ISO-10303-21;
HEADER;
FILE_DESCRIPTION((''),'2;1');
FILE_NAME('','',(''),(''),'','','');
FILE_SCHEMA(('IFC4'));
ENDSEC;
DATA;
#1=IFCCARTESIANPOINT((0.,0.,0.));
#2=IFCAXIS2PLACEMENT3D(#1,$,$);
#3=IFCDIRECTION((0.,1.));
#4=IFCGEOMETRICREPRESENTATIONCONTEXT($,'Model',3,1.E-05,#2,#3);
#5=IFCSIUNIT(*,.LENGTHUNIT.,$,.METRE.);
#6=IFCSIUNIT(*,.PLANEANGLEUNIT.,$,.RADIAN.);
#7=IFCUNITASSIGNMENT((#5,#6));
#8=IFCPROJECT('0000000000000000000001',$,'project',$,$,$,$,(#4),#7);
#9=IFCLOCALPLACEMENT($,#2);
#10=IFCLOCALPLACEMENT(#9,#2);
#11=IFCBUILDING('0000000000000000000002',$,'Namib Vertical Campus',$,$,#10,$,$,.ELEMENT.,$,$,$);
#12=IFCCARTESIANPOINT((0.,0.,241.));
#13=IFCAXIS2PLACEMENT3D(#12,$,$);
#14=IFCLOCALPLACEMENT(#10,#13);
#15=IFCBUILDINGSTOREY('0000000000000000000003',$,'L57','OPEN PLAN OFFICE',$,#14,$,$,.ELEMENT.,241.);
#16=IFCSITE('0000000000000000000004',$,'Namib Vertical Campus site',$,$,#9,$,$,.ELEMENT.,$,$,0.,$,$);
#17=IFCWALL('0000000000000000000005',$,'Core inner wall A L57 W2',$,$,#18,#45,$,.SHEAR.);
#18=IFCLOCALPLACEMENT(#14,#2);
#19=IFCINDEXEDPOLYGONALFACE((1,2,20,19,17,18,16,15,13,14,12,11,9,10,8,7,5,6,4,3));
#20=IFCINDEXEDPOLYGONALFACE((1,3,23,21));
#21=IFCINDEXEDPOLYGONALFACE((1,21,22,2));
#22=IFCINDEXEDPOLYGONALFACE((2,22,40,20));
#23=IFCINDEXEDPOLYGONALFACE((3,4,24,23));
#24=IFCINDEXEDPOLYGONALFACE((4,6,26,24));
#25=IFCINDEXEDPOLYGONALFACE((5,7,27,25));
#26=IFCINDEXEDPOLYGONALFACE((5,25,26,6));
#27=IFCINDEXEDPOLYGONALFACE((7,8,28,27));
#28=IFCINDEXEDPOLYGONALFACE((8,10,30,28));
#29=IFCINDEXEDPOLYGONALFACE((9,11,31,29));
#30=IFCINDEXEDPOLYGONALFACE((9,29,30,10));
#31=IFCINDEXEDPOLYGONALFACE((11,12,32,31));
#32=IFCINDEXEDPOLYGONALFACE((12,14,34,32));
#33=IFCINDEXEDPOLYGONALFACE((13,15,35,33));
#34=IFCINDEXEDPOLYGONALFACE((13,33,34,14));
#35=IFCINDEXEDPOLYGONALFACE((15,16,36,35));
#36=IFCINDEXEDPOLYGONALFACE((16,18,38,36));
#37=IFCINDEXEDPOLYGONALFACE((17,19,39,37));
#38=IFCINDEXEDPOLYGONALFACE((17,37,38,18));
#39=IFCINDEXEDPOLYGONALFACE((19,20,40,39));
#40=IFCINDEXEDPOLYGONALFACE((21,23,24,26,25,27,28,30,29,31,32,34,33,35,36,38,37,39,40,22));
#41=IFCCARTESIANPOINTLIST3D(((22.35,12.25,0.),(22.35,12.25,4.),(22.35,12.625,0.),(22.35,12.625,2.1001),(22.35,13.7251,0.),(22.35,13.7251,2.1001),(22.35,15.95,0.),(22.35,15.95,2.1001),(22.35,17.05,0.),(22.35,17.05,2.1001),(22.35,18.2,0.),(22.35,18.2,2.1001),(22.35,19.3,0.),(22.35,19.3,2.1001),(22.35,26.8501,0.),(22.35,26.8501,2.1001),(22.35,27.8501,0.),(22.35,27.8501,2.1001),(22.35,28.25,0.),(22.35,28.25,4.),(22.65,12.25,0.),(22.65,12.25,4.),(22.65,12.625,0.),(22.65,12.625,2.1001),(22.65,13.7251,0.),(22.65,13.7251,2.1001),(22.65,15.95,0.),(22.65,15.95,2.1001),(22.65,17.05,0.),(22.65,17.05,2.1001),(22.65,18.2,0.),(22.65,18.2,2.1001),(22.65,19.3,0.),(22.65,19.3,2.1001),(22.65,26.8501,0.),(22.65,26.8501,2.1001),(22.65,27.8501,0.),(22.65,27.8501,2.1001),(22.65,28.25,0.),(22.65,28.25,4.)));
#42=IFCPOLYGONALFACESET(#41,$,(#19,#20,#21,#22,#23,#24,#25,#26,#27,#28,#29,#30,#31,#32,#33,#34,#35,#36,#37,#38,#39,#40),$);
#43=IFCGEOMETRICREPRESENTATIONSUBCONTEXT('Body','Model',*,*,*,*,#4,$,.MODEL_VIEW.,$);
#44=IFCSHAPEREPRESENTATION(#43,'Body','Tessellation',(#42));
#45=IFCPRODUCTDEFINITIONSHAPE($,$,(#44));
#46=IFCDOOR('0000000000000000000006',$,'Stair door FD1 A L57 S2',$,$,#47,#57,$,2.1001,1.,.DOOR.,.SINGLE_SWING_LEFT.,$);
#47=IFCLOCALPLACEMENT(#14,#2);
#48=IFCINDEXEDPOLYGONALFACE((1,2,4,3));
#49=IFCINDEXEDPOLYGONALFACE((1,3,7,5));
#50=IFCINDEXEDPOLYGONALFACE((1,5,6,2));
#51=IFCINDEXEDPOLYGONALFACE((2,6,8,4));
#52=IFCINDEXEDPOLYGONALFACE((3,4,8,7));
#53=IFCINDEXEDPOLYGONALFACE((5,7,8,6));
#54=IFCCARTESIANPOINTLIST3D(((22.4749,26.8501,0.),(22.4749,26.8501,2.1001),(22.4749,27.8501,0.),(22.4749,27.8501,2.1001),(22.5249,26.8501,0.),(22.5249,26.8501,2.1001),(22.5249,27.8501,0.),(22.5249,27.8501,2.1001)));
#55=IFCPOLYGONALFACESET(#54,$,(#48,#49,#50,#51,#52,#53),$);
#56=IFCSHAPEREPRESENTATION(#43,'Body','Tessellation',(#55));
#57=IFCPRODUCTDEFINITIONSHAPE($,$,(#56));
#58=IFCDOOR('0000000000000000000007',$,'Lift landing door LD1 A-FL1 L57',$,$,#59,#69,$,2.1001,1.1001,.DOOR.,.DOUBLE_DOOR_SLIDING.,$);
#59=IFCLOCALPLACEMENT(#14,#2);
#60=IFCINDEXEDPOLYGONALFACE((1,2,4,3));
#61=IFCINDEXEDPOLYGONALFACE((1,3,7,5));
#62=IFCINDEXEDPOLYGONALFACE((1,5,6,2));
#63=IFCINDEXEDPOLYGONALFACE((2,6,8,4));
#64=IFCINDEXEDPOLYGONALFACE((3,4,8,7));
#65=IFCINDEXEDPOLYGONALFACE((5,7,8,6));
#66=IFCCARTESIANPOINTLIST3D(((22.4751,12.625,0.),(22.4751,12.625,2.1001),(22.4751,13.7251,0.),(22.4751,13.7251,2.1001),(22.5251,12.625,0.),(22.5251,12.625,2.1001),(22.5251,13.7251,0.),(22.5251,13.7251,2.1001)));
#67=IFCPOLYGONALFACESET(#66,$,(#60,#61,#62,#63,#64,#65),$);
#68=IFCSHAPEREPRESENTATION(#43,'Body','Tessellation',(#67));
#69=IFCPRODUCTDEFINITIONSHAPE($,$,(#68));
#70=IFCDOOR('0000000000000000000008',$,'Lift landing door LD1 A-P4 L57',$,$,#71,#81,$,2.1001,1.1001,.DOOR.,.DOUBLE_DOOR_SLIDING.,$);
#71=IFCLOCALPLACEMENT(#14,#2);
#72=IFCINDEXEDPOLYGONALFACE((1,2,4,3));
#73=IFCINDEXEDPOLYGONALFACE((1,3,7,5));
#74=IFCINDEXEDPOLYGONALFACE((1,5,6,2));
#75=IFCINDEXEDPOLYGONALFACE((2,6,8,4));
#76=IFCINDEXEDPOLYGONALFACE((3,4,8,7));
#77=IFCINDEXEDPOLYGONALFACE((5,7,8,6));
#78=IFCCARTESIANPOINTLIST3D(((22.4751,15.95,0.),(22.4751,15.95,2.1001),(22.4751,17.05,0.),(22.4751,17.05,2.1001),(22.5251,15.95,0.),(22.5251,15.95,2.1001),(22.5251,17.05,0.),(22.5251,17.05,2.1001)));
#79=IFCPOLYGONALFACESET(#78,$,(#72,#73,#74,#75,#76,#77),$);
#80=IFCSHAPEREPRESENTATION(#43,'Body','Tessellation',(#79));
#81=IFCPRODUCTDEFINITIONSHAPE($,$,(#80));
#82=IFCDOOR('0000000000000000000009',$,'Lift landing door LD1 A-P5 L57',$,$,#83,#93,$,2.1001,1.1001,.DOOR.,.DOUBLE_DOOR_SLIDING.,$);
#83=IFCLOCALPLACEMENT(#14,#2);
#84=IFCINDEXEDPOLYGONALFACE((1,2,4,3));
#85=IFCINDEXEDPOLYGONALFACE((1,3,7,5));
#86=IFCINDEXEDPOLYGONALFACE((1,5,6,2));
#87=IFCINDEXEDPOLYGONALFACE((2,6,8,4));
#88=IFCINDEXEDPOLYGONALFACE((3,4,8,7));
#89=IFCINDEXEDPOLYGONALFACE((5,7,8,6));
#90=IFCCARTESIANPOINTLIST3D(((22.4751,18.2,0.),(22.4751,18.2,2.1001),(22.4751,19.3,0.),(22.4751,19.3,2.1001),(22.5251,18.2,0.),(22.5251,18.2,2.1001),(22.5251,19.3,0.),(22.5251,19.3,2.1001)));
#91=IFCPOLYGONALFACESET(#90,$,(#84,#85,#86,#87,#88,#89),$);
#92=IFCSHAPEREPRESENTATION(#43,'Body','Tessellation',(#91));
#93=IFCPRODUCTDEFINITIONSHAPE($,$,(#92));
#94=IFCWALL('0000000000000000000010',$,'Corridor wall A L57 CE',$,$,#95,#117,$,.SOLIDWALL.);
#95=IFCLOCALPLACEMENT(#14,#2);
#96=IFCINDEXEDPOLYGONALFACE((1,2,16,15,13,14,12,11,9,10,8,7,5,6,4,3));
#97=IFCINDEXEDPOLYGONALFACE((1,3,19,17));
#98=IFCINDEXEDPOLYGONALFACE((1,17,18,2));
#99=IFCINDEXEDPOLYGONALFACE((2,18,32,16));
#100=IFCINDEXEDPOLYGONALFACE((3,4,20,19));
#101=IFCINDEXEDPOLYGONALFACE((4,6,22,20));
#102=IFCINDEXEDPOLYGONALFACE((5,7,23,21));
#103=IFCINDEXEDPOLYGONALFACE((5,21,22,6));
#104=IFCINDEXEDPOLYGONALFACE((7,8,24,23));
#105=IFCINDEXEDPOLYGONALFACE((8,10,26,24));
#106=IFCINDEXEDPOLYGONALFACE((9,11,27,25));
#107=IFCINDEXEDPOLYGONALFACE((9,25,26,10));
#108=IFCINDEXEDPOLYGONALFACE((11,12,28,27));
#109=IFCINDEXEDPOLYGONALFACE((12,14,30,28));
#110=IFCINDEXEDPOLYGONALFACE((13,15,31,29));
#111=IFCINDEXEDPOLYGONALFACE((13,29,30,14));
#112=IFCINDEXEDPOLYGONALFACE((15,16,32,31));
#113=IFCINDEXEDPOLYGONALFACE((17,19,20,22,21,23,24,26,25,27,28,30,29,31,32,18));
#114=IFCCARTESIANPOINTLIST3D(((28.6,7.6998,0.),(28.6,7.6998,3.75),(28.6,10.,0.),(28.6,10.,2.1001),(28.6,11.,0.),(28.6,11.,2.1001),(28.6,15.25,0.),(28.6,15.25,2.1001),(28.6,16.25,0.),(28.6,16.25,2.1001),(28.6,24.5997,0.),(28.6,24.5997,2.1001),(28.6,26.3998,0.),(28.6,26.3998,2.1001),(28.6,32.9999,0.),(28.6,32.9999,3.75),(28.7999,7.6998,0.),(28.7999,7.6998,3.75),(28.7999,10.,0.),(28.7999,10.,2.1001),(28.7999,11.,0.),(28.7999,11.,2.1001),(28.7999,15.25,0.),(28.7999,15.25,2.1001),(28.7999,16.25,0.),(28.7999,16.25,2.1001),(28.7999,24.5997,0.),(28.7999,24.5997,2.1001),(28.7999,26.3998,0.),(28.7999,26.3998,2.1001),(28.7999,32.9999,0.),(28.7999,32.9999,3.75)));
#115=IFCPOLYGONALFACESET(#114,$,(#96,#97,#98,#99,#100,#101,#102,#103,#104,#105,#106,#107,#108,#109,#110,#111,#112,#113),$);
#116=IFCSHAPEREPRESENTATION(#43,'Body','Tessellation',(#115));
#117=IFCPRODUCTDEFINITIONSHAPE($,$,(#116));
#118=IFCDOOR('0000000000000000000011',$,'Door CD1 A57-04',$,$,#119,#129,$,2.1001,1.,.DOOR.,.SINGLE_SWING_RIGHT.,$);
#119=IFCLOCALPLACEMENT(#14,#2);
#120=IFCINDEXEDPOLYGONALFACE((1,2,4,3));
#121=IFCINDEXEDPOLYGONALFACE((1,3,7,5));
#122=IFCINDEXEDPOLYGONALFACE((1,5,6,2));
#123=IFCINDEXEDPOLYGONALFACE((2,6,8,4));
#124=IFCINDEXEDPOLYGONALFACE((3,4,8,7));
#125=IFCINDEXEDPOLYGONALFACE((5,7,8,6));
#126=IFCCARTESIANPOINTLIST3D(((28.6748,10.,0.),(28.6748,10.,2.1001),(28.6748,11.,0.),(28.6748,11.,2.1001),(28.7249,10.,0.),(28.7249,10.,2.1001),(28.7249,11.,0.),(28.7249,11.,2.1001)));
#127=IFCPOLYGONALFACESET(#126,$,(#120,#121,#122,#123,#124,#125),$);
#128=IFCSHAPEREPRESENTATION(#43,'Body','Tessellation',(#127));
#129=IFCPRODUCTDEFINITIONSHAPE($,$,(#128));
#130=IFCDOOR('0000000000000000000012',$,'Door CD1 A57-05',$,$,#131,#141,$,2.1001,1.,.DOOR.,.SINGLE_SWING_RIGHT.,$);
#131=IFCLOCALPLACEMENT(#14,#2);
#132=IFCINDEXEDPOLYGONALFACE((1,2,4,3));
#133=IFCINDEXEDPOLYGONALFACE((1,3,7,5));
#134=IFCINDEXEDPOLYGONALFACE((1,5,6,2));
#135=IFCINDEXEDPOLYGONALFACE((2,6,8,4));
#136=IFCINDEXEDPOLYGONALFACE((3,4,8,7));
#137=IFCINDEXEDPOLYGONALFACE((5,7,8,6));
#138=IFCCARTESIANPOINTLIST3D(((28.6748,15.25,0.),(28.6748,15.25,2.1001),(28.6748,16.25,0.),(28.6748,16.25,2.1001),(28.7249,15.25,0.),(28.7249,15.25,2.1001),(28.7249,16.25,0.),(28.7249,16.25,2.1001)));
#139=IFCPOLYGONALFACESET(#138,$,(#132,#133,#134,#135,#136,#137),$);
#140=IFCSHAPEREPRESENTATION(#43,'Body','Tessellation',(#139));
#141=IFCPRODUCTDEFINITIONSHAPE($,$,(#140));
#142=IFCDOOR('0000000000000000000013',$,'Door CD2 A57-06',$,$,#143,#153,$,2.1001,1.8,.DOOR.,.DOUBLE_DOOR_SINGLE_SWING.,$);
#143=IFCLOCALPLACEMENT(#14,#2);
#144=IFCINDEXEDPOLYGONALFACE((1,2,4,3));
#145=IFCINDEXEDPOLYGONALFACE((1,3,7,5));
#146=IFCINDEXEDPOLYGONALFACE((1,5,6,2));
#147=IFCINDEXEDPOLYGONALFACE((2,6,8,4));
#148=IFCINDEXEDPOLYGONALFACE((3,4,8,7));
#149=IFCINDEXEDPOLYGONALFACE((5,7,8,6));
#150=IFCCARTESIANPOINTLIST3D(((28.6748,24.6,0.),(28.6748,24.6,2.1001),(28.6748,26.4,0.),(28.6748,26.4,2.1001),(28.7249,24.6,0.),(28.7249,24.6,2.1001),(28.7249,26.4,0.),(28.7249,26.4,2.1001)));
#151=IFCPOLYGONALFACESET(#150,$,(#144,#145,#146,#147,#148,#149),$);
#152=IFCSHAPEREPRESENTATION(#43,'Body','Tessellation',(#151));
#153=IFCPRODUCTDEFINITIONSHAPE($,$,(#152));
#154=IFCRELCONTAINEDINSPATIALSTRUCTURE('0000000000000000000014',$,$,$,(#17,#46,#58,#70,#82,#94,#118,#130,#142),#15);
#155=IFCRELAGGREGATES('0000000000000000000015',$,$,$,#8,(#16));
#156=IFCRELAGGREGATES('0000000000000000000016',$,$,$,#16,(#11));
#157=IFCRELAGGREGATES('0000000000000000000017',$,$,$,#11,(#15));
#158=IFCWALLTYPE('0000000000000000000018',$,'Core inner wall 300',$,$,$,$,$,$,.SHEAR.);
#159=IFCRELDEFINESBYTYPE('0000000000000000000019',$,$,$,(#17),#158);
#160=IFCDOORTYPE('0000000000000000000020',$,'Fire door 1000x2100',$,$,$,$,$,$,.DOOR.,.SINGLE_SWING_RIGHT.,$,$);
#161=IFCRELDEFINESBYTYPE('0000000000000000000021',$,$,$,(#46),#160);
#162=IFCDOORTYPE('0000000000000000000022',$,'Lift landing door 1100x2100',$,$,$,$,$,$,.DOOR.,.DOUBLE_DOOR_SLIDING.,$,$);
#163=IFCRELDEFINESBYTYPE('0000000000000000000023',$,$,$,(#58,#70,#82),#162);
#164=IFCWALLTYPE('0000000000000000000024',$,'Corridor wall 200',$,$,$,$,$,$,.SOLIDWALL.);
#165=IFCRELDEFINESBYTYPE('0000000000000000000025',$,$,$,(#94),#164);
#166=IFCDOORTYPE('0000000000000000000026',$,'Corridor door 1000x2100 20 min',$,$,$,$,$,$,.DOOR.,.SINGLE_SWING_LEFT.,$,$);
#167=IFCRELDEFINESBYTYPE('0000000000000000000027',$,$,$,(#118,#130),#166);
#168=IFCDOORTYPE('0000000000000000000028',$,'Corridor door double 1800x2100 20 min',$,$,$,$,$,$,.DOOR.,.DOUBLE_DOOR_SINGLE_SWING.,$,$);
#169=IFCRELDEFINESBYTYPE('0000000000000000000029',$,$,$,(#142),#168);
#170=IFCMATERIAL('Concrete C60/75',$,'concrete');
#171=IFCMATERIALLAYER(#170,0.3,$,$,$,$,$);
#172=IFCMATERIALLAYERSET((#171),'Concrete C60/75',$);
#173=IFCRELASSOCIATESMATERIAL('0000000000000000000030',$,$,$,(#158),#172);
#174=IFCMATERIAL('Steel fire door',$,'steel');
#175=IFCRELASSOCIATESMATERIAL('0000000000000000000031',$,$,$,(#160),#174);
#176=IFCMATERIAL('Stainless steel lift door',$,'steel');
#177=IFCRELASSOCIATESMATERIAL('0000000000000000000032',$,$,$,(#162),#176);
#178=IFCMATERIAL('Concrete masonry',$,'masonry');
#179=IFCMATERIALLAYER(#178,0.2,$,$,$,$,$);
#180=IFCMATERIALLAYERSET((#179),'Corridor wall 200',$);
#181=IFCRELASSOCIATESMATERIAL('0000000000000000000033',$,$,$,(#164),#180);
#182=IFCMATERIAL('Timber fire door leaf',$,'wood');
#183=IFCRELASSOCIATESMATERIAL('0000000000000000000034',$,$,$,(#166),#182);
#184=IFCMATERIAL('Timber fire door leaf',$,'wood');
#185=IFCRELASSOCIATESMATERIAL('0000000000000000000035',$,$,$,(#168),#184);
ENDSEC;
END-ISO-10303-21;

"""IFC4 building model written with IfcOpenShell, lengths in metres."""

from ifc_helpers import new_model, si_unit, direction, frame, frame_2d, origin, place, context, subcontext, project, spatial, rectangle, extrude, material, layer, layer_set, type_object, element, fill, save


model = new_model("IFC4")

# Units and contexts
model_context = context("Model", 3, precision=1e-05, world=origin(), true_north=direction((0.0, 1.0)))
body_context = subcontext(model_context, "Body", "Model", "MODEL_VIEW")
ifc_project = project(units=[si_unit("LENGTHUNIT", "METRE"), si_unit("PLANEANGLEUNIT", "RADIAN")], contexts=[model_context])

# Site, building, storey
site_placement = place(None, origin())
site = spatial("IfcSite", under=ifc_project, at=site_placement, Name="Namib Vertical Campus site", CompositionType="ELEMENT", RefElevation=0.0)
building_placement = place(site_placement, origin())
building = spatial("IfcBuilding", under=site, at=building_placement, Name="Namib Vertical Campus", CompositionType="ELEMENT")
storey_placement = place(building_placement, frame((0.0, 0.0, 241.0)))
storey = spatial("IfcBuildingStorey", under=building, at=storey_placement, Name="L57", Description="OPEN PLAN OFFICE", CompositionType="ELEMENT", Elevation=241.0)

# Walls, openings, doors
ifc_material_1 = material(Name="Concrete C60/75", Category="concrete")
ifc_layer_1 = layer(ifc_material_1, 0.3)
ifc_layer_set_1 = layer_set([ifc_layer_1], Name="Concrete C60/75")
wall_type_1 = type_object("IfcWallType", Name="Core inner wall 300", PredefinedType="SHEAR", material=ifc_layer_set_1)
ifc_material_2 = material(Name="Steel fire door", Category="steel")
door_type_1 = type_object("IfcDoorType", Name="Fire door 1000x2100", OperationType="SINGLE_SWING_RIGHT", PredefinedType="DOOR", material=ifc_material_2)
ifc_material_3 = material(Name="Stainless steel lift door", Category="steel")
door_type_2 = type_object("IfcDoorType", Name="Lift landing door 1100x2100", OperationType="DOUBLE_DOOR_SLIDING", PredefinedType="DOOR", material=ifc_material_3)
wall_1_placement = place(storey_placement, frame((22.5, 12.25, 0.0), z_axis=(0.0, 0.0, 1.0), x_axis=(0.0, 1.0, 0.0)))
wall_1 = element("IfcWall", 1, at=wall_1_placement, inside=storey, type_object=wall_type_1, Name="Core inner wall A L57 W2", PredefinedType="SHEAR", context=body_context, shape_type="SweptSolid", body=[
    extrude(rectangle(XDim=16.0, YDim=0.3, at=frame_2d((8.0, 0.0))), origin(), (0.0, 0.0, 1.0), 4.0),
])
opening_1_placement = place(wall_1_placement, frame((14.6001, 0.0, 0.0)))
opening_1 = element("IfcOpeningElement", 2, at=opening_1_placement, cuts=wall_1, PredefinedType="OPENING", context=body_context, shape_type="SweptSolid", body=[
    extrude(rectangle(XDim=1.0, YDim=2.1001, at=frame_2d((0.5, 1.05))), frame((0.0, 0.1599, 0.0), z_axis=(0.0, -1.0, 0.0), x_axis=(1.0, 0.0, 0.0)), (0.0, 0.0, 1.0), 0.3201),
])
opening_2_placement = place(wall_1_placement, frame((0.375, 0.0, 0.0)))
opening_2 = element("IfcOpeningElement", 3, at=opening_2_placement, cuts=wall_1, PredefinedType="OPENING", context=body_context, shape_type="SweptSolid", body=[
    extrude(rectangle(XDim=1.1001, YDim=2.1001, at=frame_2d((0.55, 1.05))), frame((0.0, 0.1599, 0.0), z_axis=(0.0, -1.0, 0.0), x_axis=(1.0, 0.0, 0.0)), (0.0, 0.0, 1.0), 0.3201),
])
opening_3_placement = place(wall_1_placement, frame((3.7, 0.0, 0.0)))
opening_3 = element("IfcOpeningElement", 4, at=opening_3_placement, cuts=wall_1, PredefinedType="OPENING", context=body_context, shape_type="SweptSolid", body=[
    extrude(rectangle(XDim=1.1001, YDim=2.1001, at=frame_2d((0.55, 1.05))), frame((0.0, 0.1599, 0.0), z_axis=(0.0, -1.0, 0.0), x_axis=(1.0, 0.0, 0.0)), (0.0, 0.0, 1.0), 0.3201),
])
opening_4_placement = place(wall_1_placement, frame((5.95, 0.0, 0.0)))
opening_4 = element("IfcOpeningElement", 5, at=opening_4_placement, cuts=wall_1, PredefinedType="OPENING", context=body_context, shape_type="SweptSolid", body=[
    extrude(rectangle(XDim=1.1001, YDim=2.1001, at=frame_2d((0.55, 1.05))), frame((0.0, 0.1599, 0.0), z_axis=(0.0, -1.0, 0.0), x_axis=(1.0, 0.0, 0.0)), (0.0, 0.0, 1.0), 0.3201),
])
door_1_placement = place(opening_1_placement, frame((1.0, 0.0, 0.0), z_axis=(0.0, 0.0, 1.0), x_axis=(-1.0, 0.0, 0.0)))
door_1 = element("IfcDoor", 6, at=door_1_placement, inside=storey, type_object=door_type_1, Name="Stair door FD1 A L57 S2", OperationType="SINGLE_SWING_LEFT", OverallHeight=2.1001, OverallWidth=1.0, PredefinedType="DOOR", context=body_context, shape_type="SweptSolid", body=[
    extrude(rectangle(XDim=1.0, YDim=2.1001, at=frame_2d((0.5, 1.05))), frame((0.0, 0.0249, 0.0), z_axis=(0.0, -1.0, 0.0), x_axis=(1.0, 0.0, 0.0)), (0.0, 0.0, 1.0), 0.05),
])
fill(opening_1, door_1)
door_2_placement = place(opening_2_placement, origin())
door_2 = element("IfcDoor", 7, at=door_2_placement, inside=storey, type_object=door_type_2, Name="Lift landing door LD1 A-FL1 L57", OperationType="DOUBLE_DOOR_SLIDING", OverallHeight=2.1001, OverallWidth=1.1001, PredefinedType="DOOR", context=body_context, shape_type="SweptSolid", body=[
    extrude(rectangle(XDim=1.1001, YDim=2.1001, at=frame_2d((0.55, 1.05))), frame((0.0, 0.0249, 0.0), z_axis=(0.0, -1.0, 0.0), x_axis=(1.0, 0.0, 0.0)), (0.0, 0.0, 1.0), 0.05),
])
fill(opening_2, door_2)
door_3_placement = place(opening_3_placement, origin())
door_3 = element("IfcDoor", 8, at=door_3_placement, inside=storey, type_object=door_type_2, Name="Lift landing door LD1 A-P4 L57", OperationType="DOUBLE_DOOR_SLIDING", OverallHeight=2.1001, OverallWidth=1.1001, PredefinedType="DOOR", context=body_context, shape_type="SweptSolid", body=[
    extrude(rectangle(XDim=1.1001, YDim=2.1001, at=frame_2d((0.55, 1.05))), frame((0.0, 0.0249, 0.0), z_axis=(0.0, -1.0, 0.0), x_axis=(1.0, 0.0, 0.0)), (0.0, 0.0, 1.0), 0.05),
])
fill(opening_3, door_3)
door_4_placement = place(opening_4_placement, origin())
door_4 = element("IfcDoor", 9, at=door_4_placement, inside=storey, type_object=door_type_2, Name="Lift landing door LD1 A-P5 L57", OperationType="DOUBLE_DOOR_SLIDING", OverallHeight=2.1001, OverallWidth=1.1001, PredefinedType="DOOR", context=body_context, shape_type="SweptSolid", body=[
    extrude(rectangle(XDim=1.1001, YDim=2.1001, at=frame_2d((0.55, 1.05))), frame((0.0, 0.0249, 0.0), z_axis=(0.0, -1.0, 0.0), x_axis=(1.0, 0.0, 0.0)), (0.0, 0.0, 1.0), 0.05),
])
fill(opening_4, door_4)
ifc_material_4 = material(Name="Concrete masonry", Category="masonry")
ifc_layer_2 = layer(ifc_material_4, 0.2)
ifc_layer_set_2 = layer_set([ifc_layer_2], Name="Corridor wall 200")
wall_type_2 = type_object("IfcWallType", Name="Corridor wall 200", PredefinedType="SOLIDWALL", material=ifc_layer_set_2)
wall_2_placement = place(storey_placement, frame((28.7, 7.7, 0.0), z_axis=(0.0, 0.0, 1.0), x_axis=(0.0, 1.0, 0.0)))
wall_2 = element("IfcWall", 10, at=wall_2_placement, inside=storey, type_object=wall_type_2, Name="Corridor wall A L57 CE", PredefinedType="SOLIDWALL", context=body_context, shape_type="SweptSolid", body=[
    extrude(rectangle(XDim=25.3, YDim=0.2, at=frame_2d((12.6499, 0.0))), origin(), (0.0, 0.0, 1.0), 3.75),
])
opening_5_placement = place(wall_2_placement, frame((2.3, 0.0, 0.0)))
opening_5 = element("IfcOpeningElement", 11, at=opening_5_placement, cuts=wall_2, PredefinedType="OPENING", context=body_context, shape_type="SweptSolid", body=[
    extrude(rectangle(XDim=1.0, YDim=2.1001, at=frame_2d((0.5, 1.05))), frame((0.0, 0.1099, 0.0), z_axis=(0.0, -1.0, 0.0), x_axis=(1.0, 0.0, 0.0)), (0.0, 0.0, 1.0), 0.22),
])
opening_6_placement = place(wall_2_placement, frame((7.55, 0.0, 0.0)))
opening_6 = element("IfcOpeningElement", 12, at=opening_6_placement, cuts=wall_2, PredefinedType="OPENING", context=body_context, shape_type="SweptSolid", body=[
    extrude(rectangle(XDim=1.0, YDim=2.1001, at=frame_2d((0.5, 1.05))), frame((0.0, 0.1099, 0.0), z_axis=(0.0, -1.0, 0.0), x_axis=(1.0, 0.0, 0.0)), (0.0, 0.0, 1.0), 0.22),
])
opening_7_placement = place(wall_2_placement, frame((16.8999, 0.0, 0.0)))
opening_7 = element("IfcOpeningElement", 13, at=opening_7_placement, cuts=wall_2, PredefinedType="OPENING", context=body_context, shape_type="SweptSolid", body=[
    extrude(rectangle(XDim=1.8, YDim=2.1001, at=frame_2d((0.8999, 1.05))), frame((0.0, 0.1099, 0.0), z_axis=(0.0, -1.0, 0.0), x_axis=(1.0, 0.0, 0.0)), (0.0, 0.0, 1.0), 0.22),
])
ifc_material_5 = material(Name="Timber fire door leaf", Category="wood")
door_type_3 = type_object("IfcDoorType", Name="Corridor door 1000x2100 20 min", OperationType="SINGLE_SWING_LEFT", PredefinedType="DOOR", material=ifc_material_5)
door_5_placement = place(opening_5_placement, frame((1.0, 0.0, 0.0), z_axis=(0.0, 0.0, 1.0), x_axis=(-1.0, 0.0, 0.0)))
door_5 = element("IfcDoor", 14, at=door_5_placement, inside=storey, type_object=door_type_3, Name="Door CD1 A57-04", OperationType="SINGLE_SWING_RIGHT", OverallHeight=2.1001, OverallWidth=1.0, PredefinedType="DOOR", context=body_context, shape_type="SweptSolid", body=[
    extrude(rectangle(XDim=1.0, YDim=2.1001, at=frame_2d((0.5, 1.05))), frame((0.0, 0.0249, 0.0), z_axis=(0.0, -1.0, 0.0), x_axis=(1.0, 0.0, 0.0)), (0.0, 0.0, 1.0), 0.05),
])
fill(opening_5, door_5)
door_6_placement = place(opening_6_placement, frame((1.0, 0.0, 0.0), z_axis=(0.0, 0.0, 1.0), x_axis=(-1.0, 0.0, 0.0)))
door_6 = element("IfcDoor", 15, at=door_6_placement, inside=storey, type_object=door_type_3, Name="Door CD1 A57-05", OperationType="SINGLE_SWING_RIGHT", OverallHeight=2.1001, OverallWidth=1.0, PredefinedType="DOOR", context=body_context, shape_type="SweptSolid", body=[
    extrude(rectangle(XDim=1.0, YDim=2.1001, at=frame_2d((0.5, 1.05))), frame((0.0, 0.0249, 0.0), z_axis=(0.0, -1.0, 0.0), x_axis=(1.0, 0.0, 0.0)), (0.0, 0.0, 1.0), 0.05),
])
fill(opening_6, door_6)
ifc_material_6 = material(Name="Timber fire door leaf", Category="wood")
door_type_4 = type_object("IfcDoorType", Name="Corridor door double 1800x2100 20 min", OperationType="DOUBLE_DOOR_SINGLE_SWING", PredefinedType="DOOR", material=ifc_material_6)
door_7_placement = place(opening_7_placement, frame((1.8, 0.0, 0.0), z_axis=(0.0, 0.0, 1.0), x_axis=(-1.0, 0.0, 0.0)))
door_7 = element("IfcDoor", 16, at=door_7_placement, inside=storey, type_object=door_type_4, Name="Door CD2 A57-06", OperationType="DOUBLE_DOOR_SINGLE_SWING", OverallHeight=2.1001, OverallWidth=1.8, PredefinedType="DOOR", context=body_context, shape_type="SweptSolid", body=[
    extrude(rectangle(XDim=1.8, YDim=2.1001, at=frame_2d((0.8999, 1.05))), frame((0.0, 0.0249, 0.0), z_axis=(0.0, -1.0, 0.0), x_axis=(1.0, 0.0, 0.0)), (0.0, 0.0, 1.0), 0.05),
])
fill(opening_7, door_7)

save(model, "model.ifc")
